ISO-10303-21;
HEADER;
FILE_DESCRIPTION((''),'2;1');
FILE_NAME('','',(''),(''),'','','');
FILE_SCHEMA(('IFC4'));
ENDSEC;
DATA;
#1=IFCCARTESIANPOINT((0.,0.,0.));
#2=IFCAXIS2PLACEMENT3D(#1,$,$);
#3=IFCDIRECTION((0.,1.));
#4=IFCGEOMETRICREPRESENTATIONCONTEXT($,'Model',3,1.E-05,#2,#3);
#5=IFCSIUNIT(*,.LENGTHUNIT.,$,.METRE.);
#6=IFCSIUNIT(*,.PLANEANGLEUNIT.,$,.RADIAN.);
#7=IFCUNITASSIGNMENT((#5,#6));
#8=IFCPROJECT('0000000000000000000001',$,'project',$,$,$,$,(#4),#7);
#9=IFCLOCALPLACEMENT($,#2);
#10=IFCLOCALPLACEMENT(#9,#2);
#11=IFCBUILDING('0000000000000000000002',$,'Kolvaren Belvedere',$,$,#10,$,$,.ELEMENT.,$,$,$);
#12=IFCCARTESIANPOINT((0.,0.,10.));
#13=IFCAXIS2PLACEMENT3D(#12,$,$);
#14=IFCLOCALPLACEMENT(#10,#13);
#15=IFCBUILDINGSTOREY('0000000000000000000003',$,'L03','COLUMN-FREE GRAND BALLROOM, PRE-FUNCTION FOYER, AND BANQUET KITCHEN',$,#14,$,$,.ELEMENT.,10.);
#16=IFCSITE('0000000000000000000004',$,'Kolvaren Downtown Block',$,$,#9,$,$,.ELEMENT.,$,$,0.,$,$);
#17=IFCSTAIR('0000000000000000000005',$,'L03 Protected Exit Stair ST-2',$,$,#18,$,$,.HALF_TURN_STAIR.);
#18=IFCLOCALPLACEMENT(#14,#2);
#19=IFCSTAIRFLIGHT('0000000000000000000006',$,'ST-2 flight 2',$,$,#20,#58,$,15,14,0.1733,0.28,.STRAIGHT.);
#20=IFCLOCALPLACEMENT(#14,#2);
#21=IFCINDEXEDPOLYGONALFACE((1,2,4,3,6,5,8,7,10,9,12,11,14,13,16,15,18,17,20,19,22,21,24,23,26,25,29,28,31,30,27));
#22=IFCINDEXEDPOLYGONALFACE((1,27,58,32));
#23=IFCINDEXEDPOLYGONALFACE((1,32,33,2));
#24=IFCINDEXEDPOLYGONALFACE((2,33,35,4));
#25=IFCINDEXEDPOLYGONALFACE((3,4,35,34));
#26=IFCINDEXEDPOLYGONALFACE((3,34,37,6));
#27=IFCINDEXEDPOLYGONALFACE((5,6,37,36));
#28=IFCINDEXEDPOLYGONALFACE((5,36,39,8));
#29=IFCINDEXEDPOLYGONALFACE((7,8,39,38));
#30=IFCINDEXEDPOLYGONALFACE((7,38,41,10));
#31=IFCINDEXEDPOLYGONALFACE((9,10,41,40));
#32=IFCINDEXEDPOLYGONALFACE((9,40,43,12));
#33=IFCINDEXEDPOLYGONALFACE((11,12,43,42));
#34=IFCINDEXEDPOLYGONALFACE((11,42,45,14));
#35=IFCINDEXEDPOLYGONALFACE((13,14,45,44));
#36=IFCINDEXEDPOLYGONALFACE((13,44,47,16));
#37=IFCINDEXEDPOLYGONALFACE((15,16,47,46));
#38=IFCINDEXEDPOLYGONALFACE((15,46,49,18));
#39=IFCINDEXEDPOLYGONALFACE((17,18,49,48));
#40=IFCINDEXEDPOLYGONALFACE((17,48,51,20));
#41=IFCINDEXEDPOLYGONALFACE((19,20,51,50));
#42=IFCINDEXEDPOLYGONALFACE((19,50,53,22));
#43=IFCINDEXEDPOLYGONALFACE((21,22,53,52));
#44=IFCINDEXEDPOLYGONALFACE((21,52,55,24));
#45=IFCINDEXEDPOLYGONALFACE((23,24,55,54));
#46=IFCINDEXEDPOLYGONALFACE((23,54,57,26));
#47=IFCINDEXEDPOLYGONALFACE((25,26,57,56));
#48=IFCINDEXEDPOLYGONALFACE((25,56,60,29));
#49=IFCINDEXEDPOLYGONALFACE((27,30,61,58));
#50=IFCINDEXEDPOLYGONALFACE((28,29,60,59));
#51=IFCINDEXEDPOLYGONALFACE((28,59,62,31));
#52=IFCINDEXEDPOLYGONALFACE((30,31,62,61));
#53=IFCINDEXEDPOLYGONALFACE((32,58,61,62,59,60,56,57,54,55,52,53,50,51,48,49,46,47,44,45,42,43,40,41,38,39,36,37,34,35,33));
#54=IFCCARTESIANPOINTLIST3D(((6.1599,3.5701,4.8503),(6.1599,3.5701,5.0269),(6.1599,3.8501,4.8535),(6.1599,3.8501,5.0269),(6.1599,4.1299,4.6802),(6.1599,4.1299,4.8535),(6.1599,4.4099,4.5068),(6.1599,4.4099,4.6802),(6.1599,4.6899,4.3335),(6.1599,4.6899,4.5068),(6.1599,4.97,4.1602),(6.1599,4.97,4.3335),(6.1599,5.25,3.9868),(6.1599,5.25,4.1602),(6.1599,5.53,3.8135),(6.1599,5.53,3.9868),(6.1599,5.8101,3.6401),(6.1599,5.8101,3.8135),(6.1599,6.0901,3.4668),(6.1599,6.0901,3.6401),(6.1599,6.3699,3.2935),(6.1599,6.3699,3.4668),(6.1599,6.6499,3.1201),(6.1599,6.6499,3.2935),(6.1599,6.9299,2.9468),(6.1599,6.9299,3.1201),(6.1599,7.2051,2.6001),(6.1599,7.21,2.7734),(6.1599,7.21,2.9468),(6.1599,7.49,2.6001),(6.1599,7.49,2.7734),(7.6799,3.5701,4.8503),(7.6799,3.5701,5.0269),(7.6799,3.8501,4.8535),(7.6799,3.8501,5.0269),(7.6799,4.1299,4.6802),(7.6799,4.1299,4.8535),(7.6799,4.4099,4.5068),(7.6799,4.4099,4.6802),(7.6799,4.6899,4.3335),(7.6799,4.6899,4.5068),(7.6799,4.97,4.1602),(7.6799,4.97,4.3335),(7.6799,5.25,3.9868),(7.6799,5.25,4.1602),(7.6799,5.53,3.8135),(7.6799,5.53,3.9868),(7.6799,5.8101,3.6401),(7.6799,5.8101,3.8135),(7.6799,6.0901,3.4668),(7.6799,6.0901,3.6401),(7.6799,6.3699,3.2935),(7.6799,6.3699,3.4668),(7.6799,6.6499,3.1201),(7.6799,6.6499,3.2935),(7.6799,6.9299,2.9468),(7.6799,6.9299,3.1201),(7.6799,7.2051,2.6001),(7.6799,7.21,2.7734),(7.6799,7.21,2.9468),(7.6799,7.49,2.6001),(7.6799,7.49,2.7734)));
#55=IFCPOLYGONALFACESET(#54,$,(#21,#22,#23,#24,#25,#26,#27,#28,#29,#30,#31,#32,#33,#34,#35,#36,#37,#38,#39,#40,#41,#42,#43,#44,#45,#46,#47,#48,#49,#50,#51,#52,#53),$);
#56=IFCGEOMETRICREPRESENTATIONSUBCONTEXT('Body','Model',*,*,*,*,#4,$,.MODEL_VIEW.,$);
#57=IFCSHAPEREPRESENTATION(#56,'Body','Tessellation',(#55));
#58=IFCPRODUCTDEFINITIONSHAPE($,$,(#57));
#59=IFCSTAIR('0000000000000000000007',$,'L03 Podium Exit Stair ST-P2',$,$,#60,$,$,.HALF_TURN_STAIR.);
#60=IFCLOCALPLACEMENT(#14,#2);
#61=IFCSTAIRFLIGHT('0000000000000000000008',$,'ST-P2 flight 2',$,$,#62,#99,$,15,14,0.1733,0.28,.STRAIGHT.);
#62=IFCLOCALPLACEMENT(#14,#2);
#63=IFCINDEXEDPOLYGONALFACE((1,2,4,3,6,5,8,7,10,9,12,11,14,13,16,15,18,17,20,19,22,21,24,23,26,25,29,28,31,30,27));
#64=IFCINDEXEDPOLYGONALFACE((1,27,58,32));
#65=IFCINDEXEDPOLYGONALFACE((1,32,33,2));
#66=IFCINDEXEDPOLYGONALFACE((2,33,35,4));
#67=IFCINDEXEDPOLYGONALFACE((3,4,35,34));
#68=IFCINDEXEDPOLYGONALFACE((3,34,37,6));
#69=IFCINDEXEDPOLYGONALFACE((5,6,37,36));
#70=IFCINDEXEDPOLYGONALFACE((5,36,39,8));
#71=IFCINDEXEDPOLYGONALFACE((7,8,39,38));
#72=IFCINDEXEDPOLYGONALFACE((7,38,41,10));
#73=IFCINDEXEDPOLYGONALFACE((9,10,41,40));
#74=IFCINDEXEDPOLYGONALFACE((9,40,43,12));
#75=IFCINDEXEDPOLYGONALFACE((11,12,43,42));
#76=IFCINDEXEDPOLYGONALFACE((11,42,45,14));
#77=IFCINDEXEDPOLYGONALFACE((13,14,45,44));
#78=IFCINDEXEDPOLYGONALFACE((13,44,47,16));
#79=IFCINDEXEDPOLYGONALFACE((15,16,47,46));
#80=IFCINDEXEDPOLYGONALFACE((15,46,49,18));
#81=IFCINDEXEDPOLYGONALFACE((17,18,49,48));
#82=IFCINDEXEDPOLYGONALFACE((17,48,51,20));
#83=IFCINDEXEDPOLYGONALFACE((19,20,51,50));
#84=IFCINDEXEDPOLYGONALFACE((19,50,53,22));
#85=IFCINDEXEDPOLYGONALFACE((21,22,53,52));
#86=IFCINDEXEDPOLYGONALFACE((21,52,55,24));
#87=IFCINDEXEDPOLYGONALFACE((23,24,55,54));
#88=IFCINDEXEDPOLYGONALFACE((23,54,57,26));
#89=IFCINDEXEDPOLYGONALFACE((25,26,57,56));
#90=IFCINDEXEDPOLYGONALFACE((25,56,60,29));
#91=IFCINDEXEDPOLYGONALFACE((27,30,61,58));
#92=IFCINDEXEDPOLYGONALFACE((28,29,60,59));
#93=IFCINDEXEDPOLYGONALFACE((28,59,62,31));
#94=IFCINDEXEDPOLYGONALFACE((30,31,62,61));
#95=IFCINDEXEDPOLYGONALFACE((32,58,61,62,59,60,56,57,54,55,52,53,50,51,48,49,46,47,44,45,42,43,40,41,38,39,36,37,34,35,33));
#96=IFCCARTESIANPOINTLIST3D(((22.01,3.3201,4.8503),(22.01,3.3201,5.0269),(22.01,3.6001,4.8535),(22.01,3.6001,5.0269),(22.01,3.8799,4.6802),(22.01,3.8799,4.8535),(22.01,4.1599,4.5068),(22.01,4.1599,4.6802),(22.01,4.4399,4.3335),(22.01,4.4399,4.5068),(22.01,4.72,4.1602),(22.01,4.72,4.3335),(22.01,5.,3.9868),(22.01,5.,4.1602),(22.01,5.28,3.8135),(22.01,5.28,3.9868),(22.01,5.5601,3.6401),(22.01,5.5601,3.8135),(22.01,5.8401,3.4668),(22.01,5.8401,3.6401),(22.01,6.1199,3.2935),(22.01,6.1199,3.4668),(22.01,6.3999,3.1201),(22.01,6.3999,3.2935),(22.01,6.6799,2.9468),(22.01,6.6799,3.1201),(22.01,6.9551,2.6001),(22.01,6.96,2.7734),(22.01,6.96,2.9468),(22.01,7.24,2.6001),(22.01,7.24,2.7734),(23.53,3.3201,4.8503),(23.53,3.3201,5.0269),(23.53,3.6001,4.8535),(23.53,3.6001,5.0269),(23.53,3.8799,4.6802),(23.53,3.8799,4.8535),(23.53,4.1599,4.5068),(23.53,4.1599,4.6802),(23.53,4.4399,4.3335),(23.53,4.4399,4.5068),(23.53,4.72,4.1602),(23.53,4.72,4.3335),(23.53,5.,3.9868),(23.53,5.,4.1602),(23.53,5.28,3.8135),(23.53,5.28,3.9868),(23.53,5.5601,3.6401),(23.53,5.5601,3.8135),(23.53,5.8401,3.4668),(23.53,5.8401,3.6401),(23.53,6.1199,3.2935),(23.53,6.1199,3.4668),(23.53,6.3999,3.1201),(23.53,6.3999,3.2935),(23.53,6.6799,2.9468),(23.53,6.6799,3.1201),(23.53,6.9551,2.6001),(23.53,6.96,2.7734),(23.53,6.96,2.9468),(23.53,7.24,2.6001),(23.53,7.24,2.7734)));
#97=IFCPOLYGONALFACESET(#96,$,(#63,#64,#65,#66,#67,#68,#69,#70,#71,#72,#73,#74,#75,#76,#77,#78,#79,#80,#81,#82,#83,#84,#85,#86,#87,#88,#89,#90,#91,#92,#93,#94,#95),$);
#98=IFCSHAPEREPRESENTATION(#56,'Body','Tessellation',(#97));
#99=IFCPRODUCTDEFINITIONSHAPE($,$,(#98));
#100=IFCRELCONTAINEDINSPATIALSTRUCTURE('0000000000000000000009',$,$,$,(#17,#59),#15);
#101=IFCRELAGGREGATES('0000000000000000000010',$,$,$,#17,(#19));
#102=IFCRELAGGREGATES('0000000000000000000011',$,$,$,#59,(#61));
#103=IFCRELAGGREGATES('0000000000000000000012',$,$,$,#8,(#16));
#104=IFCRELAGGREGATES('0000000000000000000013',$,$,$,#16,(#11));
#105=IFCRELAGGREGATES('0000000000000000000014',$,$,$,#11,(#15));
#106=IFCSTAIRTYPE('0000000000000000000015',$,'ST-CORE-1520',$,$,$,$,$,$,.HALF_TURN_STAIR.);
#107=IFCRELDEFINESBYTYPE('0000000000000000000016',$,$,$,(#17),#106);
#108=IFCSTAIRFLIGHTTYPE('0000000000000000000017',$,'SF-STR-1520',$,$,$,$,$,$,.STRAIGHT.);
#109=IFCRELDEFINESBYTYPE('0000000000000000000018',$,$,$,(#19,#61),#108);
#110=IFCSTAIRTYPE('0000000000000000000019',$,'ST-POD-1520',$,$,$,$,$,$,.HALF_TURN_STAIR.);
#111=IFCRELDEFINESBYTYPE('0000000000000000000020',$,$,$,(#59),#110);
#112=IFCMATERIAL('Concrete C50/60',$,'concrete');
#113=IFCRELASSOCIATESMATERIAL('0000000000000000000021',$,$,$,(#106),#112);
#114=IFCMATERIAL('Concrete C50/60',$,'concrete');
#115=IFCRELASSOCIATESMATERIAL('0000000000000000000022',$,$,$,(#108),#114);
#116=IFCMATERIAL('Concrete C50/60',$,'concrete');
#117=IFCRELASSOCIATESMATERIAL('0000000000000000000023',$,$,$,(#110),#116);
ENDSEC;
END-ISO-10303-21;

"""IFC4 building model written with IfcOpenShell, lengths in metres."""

from ifc_helpers import new_model, si_unit, direction, frame, origin, place, context, subcontext, project, spatial, polyline, outline, extrude, material, type_object, element, aggregate, save


model = new_model("IFC4")

# Units and contexts
model_context = context("Model", 3, precision=1e-05, world=origin(), true_north=direction((0.0, 1.0)))
body_context = subcontext(model_context, "Body", "Model", "MODEL_VIEW")
ifc_project = project(units=[si_unit("LENGTHUNIT", "METRE"), si_unit("PLANEANGLEUNIT", "RADIAN")], contexts=[model_context])

# Site, building, storey
site_placement = place(None, origin())
site = spatial("IfcSite", under=ifc_project, at=site_placement, Name="Kolvaren Downtown Block", CompositionType="ELEMENT", RefElevation=0.0)
building_placement = place(site_placement, origin())
building = spatial("IfcBuilding", under=site, at=building_placement, Name="Kolvaren Belvedere", CompositionType="ELEMENT")
storey_placement = place(building_placement, frame((0.0, 0.0, 10.0)))
storey = spatial("IfcBuildingStorey", under=building, at=storey_placement, Name="L03", Description="COLUMN-FREE GRAND BALLROOM, PRE-FUNCTION FOYER, AND BANQUET KITCHEN", CompositionType="ELEMENT", Elevation=10.0)

# Stairs, stair flights
ifc_material_1 = material(Name="Concrete C50/60", Category="concrete")
stair_type_1 = type_object("IfcStairType", Name="ST-CORE-1520", PredefinedType="HALF_TURN_STAIR", material=ifc_material_1)
stair_1_placement = place(storey_placement, origin())
stair_1 = element("IfcStair", 1, at=stair_1_placement, inside=storey, type_object=stair_type_1, Name="L03 Protected Exit Stair ST-2", PredefinedType="HALF_TURN_STAIR")
ifc_material_2 = material(Name="Concrete C50/60", Category="concrete")
stair_flight_type = type_object("IfcStairFlightType", Name="SF-STR-1520", PredefinedType="STRAIGHT", material=ifc_material_2)
stair_flight_1_placement = place(storey_placement, frame((6.9199, 7.49, 2.6001), z_axis=(0.0, 0.0, 1.0), x_axis=(0.0, -1.0, 0.0)))
stair_flight_1 = element("IfcStairFlight", 2, at=stair_flight_1_placement, type_object=stair_flight_type, Name="ST-2 flight 2", NumberOfRisers=15, NumberOfTreads=14, PredefinedType="STRAIGHT", RiserHeight=0.1733, TreadLength=0.28, context=body_context, shape_type="SweptSolid", body=[
    extrude(outline(polyline([(0.0, 0.0), (0.0, 0.1733), (0.28, 0.1733), (0.28, 0.3467), (0.5601, 0.3467), (0.5601, 0.52), (0.8401, 0.52), (0.8401, 0.6934), (1.1201, 0.6934), (1.1201, 0.8667), (1.3999, 0.8667), (1.3999, 1.04), (1.6799, 1.04), (1.6799, 1.2134), (1.96, 1.2134), (1.96, 1.3867), (2.24, 1.3867), (2.24, 1.5601), (2.52, 1.5601), (2.52, 1.7334), (2.8, 1.7334), (2.8, 1.9067), (3.0801, 1.9067), (3.0801, 2.0801), (3.3601, 2.0801), (3.3601, 2.2534), (3.6399, 2.2534), (3.6399, 2.4268), (3.9199, 2.4268), (3.9199, 2.6001), (3.9199, 2.2502), (0.2849, 0.0), (0.0, 0.0)])), frame((0.0, 0.76, 0.0), z_axis=(0.0, -1.0, 0.0), x_axis=(1.0, 0.0, 0.0)), (0.0, 0.0, 1.0), 1.52),
])
aggregate(stair_1, [stair_flight_1])
ifc_material_3 = material(Name="Concrete C50/60", Category="concrete")
stair_type_2 = type_object("IfcStairType", Name="ST-POD-1520", PredefinedType="HALF_TURN_STAIR", material=ifc_material_3)
stair_2_placement = place(storey_placement, origin())
stair_2 = element("IfcStair", 3, at=stair_2_placement, inside=storey, type_object=stair_type_2, Name="L03 Podium Exit Stair ST-P2", PredefinedType="HALF_TURN_STAIR")
stair_flight_2_placement = place(storey_placement, frame((22.77, 7.24, 2.6001), z_axis=(0.0, 0.0, 1.0), x_axis=(0.0, -1.0, 0.0)))
stair_flight_2 = element("IfcStairFlight", 4, at=stair_flight_2_placement, type_object=stair_flight_type, Name="ST-P2 flight 2", NumberOfRisers=15, NumberOfTreads=14, PredefinedType="STRAIGHT", RiserHeight=0.1733, TreadLength=0.28, context=body_context, shape_type="SweptSolid", body=[
    extrude(outline(polyline([(0.0, 0.0), (0.0, 0.1733), (0.28, 0.1733), (0.28, 0.3467), (0.5601, 0.3467), (0.5601, 0.52), (0.8401, 0.52), (0.8401, 0.6934), (1.1201, 0.6934), (1.1201, 0.8667), (1.3999, 0.8667), (1.3999, 1.04), (1.6799, 1.04), (1.6799, 1.2134), (1.96, 1.2134), (1.96, 1.3867), (2.24, 1.3867), (2.24, 1.5601), (2.52, 1.5601), (2.52, 1.7334), (2.8, 1.7334), (2.8, 1.9067), (3.0801, 1.9067), (3.0801, 2.0801), (3.3601, 2.0801), (3.3601, 2.2534), (3.6399, 2.2534), (3.6399, 2.4268), (3.9199, 2.4268), (3.9199, 2.6001), (3.9199, 2.2502), (0.2849, 0.0), (0.0, 0.0)])), frame((0.0, 0.76, 0.0), z_axis=(0.0, -1.0, 0.0), x_axis=(1.0, 0.0, 0.0)), (0.0, 0.0, 1.0), 1.52),
])
aggregate(stair_2, [stair_flight_2])

save(model, "model.ifc")
